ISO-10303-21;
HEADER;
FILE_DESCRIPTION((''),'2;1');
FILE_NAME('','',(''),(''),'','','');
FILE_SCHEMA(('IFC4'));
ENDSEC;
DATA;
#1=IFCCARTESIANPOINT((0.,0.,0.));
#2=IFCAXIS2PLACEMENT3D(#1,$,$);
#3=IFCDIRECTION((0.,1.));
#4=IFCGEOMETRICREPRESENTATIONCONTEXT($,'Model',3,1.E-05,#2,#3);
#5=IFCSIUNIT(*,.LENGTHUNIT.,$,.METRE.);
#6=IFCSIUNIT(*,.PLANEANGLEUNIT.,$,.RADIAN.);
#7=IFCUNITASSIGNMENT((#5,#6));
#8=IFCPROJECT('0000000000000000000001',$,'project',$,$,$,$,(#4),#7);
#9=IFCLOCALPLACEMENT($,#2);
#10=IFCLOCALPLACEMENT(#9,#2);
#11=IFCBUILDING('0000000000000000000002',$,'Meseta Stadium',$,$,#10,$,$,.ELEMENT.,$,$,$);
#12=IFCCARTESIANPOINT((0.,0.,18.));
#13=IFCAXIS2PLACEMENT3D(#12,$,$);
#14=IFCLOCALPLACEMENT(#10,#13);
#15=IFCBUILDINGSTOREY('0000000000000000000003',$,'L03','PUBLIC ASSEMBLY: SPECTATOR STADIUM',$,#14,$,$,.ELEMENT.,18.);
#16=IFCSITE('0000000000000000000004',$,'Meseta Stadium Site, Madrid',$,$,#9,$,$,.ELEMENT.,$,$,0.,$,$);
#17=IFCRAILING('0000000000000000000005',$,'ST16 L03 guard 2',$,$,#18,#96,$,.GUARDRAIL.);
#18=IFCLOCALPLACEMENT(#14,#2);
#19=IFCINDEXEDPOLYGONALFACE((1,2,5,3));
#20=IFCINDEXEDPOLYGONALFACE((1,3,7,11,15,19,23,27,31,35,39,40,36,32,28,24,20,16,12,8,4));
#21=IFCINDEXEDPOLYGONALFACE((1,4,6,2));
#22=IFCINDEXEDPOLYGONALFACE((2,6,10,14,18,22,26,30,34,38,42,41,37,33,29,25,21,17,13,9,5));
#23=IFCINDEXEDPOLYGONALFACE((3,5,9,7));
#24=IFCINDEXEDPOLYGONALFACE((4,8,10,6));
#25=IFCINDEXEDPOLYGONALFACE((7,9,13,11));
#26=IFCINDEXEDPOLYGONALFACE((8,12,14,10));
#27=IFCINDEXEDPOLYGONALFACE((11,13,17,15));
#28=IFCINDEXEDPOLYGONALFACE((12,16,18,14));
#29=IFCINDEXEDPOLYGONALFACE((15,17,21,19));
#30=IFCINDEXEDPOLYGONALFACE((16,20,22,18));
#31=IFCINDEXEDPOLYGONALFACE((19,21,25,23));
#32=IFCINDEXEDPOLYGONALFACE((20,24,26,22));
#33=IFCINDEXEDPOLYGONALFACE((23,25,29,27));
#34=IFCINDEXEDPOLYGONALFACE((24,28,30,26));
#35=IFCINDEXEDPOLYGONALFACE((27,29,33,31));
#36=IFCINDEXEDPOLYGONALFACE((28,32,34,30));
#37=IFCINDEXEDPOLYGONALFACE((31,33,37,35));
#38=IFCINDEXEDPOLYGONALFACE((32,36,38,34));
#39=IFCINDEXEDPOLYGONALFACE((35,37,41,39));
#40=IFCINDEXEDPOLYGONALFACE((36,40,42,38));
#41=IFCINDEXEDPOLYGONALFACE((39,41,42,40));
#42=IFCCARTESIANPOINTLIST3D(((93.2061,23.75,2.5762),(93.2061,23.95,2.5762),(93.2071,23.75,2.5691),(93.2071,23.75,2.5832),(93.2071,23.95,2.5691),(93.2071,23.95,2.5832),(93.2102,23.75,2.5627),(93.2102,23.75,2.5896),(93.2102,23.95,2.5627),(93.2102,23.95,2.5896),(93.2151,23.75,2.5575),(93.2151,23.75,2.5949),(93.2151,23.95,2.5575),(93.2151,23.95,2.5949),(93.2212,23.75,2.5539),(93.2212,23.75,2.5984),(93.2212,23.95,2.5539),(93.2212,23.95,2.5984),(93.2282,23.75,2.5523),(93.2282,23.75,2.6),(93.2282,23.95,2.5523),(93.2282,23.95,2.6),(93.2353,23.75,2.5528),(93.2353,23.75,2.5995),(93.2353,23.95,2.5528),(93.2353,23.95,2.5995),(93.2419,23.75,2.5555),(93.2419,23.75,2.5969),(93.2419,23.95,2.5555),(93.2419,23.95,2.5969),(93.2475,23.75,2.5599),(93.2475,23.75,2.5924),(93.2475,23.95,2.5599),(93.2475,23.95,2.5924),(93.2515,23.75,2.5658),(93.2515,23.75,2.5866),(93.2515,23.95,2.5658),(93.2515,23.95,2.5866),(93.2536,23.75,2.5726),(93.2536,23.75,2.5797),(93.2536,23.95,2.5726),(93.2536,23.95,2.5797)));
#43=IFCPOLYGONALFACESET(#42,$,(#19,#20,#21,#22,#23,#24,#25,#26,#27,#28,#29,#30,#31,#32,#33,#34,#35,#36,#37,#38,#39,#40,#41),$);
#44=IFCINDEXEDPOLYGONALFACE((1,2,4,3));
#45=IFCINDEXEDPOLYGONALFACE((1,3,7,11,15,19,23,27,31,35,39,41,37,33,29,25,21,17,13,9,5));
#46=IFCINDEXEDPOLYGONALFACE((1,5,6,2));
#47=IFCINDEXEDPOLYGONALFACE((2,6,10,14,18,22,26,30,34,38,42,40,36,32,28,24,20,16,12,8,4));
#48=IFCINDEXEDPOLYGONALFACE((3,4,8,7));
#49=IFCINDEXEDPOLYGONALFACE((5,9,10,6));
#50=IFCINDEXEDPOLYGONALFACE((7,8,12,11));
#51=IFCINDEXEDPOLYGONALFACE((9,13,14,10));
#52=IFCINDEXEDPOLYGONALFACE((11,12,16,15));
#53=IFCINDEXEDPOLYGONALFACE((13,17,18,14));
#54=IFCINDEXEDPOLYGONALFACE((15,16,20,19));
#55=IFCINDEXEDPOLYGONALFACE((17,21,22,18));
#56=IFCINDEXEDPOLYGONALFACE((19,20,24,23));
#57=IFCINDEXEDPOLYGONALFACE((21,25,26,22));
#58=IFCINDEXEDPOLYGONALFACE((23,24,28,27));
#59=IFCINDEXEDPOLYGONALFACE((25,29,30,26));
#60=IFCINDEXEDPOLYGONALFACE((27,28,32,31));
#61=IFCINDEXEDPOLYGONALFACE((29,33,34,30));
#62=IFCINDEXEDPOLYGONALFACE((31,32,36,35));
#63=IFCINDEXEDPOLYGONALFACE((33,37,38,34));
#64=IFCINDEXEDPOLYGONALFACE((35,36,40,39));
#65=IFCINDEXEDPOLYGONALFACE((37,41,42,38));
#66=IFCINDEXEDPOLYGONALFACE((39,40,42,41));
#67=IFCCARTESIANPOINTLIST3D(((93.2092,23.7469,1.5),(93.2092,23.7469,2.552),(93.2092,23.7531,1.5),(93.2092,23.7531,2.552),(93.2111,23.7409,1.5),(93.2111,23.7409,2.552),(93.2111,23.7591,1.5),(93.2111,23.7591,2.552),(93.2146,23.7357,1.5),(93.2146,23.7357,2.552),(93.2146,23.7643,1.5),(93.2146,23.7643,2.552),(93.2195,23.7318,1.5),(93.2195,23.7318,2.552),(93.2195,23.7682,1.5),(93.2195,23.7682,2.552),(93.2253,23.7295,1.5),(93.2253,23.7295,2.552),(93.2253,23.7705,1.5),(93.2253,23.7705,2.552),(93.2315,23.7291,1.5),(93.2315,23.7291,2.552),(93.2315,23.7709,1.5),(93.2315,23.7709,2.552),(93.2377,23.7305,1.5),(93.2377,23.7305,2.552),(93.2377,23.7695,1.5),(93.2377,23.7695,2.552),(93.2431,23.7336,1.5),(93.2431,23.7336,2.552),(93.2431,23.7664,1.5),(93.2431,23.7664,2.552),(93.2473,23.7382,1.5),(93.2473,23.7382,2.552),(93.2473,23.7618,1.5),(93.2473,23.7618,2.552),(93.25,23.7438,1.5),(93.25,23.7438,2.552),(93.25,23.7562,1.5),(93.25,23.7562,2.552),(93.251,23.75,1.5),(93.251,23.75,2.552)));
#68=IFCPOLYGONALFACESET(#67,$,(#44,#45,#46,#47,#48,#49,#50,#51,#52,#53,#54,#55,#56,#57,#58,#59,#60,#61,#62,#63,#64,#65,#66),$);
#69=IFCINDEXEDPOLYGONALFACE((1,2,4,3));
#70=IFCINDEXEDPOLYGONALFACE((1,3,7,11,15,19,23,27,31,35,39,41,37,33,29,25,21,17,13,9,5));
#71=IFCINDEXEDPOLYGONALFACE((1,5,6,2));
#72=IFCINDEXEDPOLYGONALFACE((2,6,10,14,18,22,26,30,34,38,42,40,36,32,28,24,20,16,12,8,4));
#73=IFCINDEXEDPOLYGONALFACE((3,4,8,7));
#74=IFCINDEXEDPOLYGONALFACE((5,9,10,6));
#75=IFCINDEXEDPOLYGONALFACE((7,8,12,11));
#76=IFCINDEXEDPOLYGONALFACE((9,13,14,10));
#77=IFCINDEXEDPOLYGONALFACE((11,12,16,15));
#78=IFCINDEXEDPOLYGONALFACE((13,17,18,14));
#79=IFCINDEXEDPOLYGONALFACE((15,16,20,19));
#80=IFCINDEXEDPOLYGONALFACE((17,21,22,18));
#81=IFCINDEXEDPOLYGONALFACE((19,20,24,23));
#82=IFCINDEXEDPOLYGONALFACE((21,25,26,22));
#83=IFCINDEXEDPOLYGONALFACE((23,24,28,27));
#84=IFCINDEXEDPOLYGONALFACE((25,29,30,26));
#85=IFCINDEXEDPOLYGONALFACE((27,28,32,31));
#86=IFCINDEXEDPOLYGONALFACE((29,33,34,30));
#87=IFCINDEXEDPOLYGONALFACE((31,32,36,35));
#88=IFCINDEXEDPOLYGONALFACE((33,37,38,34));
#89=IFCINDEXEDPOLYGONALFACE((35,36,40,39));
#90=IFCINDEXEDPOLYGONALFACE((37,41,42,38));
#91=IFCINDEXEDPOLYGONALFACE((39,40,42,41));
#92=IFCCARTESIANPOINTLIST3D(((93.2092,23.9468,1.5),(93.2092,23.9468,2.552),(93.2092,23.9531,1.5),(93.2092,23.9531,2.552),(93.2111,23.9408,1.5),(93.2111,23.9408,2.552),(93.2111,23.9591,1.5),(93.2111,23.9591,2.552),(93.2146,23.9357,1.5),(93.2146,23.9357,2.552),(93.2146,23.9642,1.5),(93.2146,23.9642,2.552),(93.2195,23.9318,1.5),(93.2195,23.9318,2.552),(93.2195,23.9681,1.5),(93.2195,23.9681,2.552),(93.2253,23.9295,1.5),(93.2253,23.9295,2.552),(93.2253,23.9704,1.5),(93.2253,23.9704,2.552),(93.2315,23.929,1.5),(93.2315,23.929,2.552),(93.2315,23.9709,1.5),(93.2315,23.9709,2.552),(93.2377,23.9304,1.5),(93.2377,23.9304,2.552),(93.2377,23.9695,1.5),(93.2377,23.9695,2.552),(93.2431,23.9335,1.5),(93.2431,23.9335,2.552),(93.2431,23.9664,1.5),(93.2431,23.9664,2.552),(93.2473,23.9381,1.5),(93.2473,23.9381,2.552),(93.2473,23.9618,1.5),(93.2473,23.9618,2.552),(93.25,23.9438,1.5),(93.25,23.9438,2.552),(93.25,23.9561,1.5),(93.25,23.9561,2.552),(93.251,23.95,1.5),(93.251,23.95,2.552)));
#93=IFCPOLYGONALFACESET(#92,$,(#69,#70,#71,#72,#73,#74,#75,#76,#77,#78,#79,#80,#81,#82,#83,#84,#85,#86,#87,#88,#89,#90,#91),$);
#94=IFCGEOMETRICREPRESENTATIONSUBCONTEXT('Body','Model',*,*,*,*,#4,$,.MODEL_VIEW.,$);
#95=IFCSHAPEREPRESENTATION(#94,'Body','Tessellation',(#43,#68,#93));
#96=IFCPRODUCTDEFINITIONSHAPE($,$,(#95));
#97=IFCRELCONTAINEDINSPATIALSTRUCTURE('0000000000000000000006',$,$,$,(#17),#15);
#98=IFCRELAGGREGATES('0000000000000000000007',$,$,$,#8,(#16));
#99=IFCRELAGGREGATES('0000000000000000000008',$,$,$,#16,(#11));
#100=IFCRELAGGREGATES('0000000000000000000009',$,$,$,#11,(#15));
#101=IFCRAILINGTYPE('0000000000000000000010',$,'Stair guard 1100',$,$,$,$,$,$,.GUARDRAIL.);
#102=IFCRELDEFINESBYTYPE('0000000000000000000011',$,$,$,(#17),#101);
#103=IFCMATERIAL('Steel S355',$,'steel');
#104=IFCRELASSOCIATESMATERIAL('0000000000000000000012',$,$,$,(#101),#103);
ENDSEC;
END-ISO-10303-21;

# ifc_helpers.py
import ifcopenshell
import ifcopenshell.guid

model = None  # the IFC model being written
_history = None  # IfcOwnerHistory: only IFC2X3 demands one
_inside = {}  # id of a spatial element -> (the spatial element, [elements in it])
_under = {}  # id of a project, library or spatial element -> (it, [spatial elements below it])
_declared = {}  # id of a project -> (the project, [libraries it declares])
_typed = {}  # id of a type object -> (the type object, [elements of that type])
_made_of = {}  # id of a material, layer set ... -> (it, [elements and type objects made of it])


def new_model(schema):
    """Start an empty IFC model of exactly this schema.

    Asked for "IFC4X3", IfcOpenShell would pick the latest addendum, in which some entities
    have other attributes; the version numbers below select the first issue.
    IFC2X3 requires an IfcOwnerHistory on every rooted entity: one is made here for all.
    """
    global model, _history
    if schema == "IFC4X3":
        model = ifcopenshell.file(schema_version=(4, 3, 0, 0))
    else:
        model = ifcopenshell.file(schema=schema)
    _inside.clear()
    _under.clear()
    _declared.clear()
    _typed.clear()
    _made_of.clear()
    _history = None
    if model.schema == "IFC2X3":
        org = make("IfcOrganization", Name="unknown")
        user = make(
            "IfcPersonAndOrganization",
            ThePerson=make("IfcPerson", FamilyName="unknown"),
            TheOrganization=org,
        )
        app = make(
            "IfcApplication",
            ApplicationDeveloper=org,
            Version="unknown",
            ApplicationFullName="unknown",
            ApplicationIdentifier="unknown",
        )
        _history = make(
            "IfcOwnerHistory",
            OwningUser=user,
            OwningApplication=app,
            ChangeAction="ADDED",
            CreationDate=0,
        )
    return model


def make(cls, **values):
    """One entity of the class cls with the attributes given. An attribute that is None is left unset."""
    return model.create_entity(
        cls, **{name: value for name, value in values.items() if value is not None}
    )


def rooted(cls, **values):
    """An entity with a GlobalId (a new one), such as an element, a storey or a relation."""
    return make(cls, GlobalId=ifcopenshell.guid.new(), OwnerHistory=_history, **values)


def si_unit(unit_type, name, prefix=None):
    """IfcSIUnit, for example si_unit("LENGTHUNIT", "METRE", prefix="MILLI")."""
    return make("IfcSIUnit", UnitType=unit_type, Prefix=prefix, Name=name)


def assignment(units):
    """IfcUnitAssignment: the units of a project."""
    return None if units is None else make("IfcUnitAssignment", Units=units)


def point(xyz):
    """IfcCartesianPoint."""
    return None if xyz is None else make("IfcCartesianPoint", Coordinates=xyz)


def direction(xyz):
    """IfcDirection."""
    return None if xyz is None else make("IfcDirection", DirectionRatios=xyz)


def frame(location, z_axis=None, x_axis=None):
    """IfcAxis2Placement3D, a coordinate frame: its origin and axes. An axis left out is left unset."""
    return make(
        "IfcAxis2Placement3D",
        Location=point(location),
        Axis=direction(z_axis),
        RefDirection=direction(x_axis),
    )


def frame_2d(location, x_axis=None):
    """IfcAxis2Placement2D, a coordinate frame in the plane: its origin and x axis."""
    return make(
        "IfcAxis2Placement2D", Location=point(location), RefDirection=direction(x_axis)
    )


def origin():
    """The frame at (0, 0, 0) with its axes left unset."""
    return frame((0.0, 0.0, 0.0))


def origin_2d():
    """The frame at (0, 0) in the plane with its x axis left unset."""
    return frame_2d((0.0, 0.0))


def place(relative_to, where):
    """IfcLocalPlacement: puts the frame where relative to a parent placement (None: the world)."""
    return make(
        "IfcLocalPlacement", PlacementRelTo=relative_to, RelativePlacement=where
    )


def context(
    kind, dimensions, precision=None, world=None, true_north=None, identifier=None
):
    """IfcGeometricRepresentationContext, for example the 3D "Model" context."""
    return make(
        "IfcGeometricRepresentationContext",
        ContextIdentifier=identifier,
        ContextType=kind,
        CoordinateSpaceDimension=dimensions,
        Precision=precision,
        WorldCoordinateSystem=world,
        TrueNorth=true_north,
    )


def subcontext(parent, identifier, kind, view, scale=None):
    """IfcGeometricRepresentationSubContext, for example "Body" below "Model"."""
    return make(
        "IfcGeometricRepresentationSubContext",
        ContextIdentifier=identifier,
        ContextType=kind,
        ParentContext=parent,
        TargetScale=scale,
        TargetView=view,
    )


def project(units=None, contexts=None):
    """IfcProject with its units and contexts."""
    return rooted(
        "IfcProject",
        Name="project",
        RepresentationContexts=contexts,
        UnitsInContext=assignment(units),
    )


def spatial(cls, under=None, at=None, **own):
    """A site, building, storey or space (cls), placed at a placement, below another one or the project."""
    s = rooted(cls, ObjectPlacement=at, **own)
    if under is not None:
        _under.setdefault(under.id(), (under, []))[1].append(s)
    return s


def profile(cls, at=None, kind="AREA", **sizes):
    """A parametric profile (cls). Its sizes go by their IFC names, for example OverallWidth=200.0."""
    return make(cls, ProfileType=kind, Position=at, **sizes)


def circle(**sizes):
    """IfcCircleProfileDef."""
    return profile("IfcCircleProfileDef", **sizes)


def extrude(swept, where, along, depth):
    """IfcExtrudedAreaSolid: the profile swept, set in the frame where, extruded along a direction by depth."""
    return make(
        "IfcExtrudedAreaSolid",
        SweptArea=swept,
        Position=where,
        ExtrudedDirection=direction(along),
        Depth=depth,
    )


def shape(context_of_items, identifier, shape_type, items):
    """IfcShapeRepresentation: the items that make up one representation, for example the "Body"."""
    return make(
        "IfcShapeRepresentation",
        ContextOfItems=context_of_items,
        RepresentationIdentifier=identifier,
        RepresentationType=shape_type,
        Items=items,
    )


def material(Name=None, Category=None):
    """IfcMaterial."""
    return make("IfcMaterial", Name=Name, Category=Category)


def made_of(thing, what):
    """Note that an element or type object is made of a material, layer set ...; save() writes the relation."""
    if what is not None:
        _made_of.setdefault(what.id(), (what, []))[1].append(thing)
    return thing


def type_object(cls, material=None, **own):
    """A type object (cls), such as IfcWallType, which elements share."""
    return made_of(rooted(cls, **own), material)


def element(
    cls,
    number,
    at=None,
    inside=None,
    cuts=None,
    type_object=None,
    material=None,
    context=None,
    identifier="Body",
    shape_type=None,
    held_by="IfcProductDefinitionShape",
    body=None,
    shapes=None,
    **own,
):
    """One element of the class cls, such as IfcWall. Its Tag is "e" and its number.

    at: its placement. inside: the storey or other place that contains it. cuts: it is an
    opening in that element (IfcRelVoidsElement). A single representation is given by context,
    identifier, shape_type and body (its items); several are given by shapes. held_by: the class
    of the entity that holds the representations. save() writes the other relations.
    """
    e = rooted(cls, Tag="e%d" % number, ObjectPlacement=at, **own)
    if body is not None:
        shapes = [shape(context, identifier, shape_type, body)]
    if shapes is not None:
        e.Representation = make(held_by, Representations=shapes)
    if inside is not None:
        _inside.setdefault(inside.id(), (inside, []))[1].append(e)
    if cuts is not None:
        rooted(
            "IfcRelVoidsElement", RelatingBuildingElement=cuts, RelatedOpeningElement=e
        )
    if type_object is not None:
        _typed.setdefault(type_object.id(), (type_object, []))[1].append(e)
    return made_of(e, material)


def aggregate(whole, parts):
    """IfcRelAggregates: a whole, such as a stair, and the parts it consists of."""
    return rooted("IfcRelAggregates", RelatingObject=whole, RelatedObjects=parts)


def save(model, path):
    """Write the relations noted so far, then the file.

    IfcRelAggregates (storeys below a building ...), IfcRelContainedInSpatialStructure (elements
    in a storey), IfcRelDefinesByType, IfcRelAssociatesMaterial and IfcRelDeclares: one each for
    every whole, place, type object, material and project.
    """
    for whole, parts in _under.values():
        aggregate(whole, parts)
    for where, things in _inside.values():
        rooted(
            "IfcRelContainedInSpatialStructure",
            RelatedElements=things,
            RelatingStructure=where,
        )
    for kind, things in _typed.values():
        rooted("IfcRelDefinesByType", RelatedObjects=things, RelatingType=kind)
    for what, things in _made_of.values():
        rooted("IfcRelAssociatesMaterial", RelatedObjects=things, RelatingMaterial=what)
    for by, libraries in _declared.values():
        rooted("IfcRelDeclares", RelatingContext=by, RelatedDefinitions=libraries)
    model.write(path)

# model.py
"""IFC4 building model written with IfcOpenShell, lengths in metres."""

from ifc_helpers import new_model, si_unit, direction, frame, origin, origin_2d, place, context, subcontext, project, spatial, circle, extrude, material, type_object, element, save


model = new_model("IFC4")

# Units and contexts
model_context = context("Model", 3, precision=1e-05, world=origin(), true_north=direction((0.0, 1.0)))
body_context = subcontext(model_context, "Body", "Model", "MODEL_VIEW")
ifc_project = project(units=[si_unit("LENGTHUNIT", "METRE"), si_unit("PLANEANGLEUNIT", "RADIAN")], contexts=[model_context])

# Site, building, storey
site_placement = place(None, origin())
site = spatial("IfcSite", under=ifc_project, at=site_placement, Name="Meseta Stadium Site, Madrid", CompositionType="ELEMENT", RefElevation=0.0)
building_placement = place(site_placement, origin())
building = spatial("IfcBuilding", under=site, at=building_placement, Name="Meseta Stadium", CompositionType="ELEMENT")
storey_placement = place(building_placement, frame((0.0, 0.0, 18.0)))
storey = spatial("IfcBuildingStorey", under=building, at=storey_placement, Name="L03", Description="PUBLIC ASSEMBLY: SPECTATOR STADIUM", CompositionType="ELEMENT", Elevation=18.0)

# Railing
ifc_material_1 = material(Name="Steel S355", Category="steel")
railing_type_1 = type_object("IfcRailingType", Name="Stair guard 1100", PredefinedType="GUARDRAIL", material=ifc_material_1)
railing_1_placement = place(storey_placement, frame((93.23, 23.75, 1.5)))
element("IfcRailing", 1, at=railing_1_placement, inside=storey, type_object=railing_type_1, Name="ST16 L03 guard 2", PredefinedType="GUARDRAIL", context=body_context, shape_type="SweptSolid", body=[
    extrude(circle(Radius=0.0239, at=origin_2d()), frame((0.0, 0.0, 1.0762), z_axis=(0.0, 1.0, 0.0), x_axis=(-1.0, 0.0, 0.0)), (0.0, 0.0, 1.0), 0.2),
    extrude(circle(Radius=0.021, at=origin_2d()), origin(), (0.0, 0.0, 1.0), 1.052),
    extrude(circle(Radius=0.021, at=origin_2d()), frame((0.0, 0.2, 0.0)), (0.0, 0.0, 1.0), 1.052),
])

save(model, "model.ifc")
